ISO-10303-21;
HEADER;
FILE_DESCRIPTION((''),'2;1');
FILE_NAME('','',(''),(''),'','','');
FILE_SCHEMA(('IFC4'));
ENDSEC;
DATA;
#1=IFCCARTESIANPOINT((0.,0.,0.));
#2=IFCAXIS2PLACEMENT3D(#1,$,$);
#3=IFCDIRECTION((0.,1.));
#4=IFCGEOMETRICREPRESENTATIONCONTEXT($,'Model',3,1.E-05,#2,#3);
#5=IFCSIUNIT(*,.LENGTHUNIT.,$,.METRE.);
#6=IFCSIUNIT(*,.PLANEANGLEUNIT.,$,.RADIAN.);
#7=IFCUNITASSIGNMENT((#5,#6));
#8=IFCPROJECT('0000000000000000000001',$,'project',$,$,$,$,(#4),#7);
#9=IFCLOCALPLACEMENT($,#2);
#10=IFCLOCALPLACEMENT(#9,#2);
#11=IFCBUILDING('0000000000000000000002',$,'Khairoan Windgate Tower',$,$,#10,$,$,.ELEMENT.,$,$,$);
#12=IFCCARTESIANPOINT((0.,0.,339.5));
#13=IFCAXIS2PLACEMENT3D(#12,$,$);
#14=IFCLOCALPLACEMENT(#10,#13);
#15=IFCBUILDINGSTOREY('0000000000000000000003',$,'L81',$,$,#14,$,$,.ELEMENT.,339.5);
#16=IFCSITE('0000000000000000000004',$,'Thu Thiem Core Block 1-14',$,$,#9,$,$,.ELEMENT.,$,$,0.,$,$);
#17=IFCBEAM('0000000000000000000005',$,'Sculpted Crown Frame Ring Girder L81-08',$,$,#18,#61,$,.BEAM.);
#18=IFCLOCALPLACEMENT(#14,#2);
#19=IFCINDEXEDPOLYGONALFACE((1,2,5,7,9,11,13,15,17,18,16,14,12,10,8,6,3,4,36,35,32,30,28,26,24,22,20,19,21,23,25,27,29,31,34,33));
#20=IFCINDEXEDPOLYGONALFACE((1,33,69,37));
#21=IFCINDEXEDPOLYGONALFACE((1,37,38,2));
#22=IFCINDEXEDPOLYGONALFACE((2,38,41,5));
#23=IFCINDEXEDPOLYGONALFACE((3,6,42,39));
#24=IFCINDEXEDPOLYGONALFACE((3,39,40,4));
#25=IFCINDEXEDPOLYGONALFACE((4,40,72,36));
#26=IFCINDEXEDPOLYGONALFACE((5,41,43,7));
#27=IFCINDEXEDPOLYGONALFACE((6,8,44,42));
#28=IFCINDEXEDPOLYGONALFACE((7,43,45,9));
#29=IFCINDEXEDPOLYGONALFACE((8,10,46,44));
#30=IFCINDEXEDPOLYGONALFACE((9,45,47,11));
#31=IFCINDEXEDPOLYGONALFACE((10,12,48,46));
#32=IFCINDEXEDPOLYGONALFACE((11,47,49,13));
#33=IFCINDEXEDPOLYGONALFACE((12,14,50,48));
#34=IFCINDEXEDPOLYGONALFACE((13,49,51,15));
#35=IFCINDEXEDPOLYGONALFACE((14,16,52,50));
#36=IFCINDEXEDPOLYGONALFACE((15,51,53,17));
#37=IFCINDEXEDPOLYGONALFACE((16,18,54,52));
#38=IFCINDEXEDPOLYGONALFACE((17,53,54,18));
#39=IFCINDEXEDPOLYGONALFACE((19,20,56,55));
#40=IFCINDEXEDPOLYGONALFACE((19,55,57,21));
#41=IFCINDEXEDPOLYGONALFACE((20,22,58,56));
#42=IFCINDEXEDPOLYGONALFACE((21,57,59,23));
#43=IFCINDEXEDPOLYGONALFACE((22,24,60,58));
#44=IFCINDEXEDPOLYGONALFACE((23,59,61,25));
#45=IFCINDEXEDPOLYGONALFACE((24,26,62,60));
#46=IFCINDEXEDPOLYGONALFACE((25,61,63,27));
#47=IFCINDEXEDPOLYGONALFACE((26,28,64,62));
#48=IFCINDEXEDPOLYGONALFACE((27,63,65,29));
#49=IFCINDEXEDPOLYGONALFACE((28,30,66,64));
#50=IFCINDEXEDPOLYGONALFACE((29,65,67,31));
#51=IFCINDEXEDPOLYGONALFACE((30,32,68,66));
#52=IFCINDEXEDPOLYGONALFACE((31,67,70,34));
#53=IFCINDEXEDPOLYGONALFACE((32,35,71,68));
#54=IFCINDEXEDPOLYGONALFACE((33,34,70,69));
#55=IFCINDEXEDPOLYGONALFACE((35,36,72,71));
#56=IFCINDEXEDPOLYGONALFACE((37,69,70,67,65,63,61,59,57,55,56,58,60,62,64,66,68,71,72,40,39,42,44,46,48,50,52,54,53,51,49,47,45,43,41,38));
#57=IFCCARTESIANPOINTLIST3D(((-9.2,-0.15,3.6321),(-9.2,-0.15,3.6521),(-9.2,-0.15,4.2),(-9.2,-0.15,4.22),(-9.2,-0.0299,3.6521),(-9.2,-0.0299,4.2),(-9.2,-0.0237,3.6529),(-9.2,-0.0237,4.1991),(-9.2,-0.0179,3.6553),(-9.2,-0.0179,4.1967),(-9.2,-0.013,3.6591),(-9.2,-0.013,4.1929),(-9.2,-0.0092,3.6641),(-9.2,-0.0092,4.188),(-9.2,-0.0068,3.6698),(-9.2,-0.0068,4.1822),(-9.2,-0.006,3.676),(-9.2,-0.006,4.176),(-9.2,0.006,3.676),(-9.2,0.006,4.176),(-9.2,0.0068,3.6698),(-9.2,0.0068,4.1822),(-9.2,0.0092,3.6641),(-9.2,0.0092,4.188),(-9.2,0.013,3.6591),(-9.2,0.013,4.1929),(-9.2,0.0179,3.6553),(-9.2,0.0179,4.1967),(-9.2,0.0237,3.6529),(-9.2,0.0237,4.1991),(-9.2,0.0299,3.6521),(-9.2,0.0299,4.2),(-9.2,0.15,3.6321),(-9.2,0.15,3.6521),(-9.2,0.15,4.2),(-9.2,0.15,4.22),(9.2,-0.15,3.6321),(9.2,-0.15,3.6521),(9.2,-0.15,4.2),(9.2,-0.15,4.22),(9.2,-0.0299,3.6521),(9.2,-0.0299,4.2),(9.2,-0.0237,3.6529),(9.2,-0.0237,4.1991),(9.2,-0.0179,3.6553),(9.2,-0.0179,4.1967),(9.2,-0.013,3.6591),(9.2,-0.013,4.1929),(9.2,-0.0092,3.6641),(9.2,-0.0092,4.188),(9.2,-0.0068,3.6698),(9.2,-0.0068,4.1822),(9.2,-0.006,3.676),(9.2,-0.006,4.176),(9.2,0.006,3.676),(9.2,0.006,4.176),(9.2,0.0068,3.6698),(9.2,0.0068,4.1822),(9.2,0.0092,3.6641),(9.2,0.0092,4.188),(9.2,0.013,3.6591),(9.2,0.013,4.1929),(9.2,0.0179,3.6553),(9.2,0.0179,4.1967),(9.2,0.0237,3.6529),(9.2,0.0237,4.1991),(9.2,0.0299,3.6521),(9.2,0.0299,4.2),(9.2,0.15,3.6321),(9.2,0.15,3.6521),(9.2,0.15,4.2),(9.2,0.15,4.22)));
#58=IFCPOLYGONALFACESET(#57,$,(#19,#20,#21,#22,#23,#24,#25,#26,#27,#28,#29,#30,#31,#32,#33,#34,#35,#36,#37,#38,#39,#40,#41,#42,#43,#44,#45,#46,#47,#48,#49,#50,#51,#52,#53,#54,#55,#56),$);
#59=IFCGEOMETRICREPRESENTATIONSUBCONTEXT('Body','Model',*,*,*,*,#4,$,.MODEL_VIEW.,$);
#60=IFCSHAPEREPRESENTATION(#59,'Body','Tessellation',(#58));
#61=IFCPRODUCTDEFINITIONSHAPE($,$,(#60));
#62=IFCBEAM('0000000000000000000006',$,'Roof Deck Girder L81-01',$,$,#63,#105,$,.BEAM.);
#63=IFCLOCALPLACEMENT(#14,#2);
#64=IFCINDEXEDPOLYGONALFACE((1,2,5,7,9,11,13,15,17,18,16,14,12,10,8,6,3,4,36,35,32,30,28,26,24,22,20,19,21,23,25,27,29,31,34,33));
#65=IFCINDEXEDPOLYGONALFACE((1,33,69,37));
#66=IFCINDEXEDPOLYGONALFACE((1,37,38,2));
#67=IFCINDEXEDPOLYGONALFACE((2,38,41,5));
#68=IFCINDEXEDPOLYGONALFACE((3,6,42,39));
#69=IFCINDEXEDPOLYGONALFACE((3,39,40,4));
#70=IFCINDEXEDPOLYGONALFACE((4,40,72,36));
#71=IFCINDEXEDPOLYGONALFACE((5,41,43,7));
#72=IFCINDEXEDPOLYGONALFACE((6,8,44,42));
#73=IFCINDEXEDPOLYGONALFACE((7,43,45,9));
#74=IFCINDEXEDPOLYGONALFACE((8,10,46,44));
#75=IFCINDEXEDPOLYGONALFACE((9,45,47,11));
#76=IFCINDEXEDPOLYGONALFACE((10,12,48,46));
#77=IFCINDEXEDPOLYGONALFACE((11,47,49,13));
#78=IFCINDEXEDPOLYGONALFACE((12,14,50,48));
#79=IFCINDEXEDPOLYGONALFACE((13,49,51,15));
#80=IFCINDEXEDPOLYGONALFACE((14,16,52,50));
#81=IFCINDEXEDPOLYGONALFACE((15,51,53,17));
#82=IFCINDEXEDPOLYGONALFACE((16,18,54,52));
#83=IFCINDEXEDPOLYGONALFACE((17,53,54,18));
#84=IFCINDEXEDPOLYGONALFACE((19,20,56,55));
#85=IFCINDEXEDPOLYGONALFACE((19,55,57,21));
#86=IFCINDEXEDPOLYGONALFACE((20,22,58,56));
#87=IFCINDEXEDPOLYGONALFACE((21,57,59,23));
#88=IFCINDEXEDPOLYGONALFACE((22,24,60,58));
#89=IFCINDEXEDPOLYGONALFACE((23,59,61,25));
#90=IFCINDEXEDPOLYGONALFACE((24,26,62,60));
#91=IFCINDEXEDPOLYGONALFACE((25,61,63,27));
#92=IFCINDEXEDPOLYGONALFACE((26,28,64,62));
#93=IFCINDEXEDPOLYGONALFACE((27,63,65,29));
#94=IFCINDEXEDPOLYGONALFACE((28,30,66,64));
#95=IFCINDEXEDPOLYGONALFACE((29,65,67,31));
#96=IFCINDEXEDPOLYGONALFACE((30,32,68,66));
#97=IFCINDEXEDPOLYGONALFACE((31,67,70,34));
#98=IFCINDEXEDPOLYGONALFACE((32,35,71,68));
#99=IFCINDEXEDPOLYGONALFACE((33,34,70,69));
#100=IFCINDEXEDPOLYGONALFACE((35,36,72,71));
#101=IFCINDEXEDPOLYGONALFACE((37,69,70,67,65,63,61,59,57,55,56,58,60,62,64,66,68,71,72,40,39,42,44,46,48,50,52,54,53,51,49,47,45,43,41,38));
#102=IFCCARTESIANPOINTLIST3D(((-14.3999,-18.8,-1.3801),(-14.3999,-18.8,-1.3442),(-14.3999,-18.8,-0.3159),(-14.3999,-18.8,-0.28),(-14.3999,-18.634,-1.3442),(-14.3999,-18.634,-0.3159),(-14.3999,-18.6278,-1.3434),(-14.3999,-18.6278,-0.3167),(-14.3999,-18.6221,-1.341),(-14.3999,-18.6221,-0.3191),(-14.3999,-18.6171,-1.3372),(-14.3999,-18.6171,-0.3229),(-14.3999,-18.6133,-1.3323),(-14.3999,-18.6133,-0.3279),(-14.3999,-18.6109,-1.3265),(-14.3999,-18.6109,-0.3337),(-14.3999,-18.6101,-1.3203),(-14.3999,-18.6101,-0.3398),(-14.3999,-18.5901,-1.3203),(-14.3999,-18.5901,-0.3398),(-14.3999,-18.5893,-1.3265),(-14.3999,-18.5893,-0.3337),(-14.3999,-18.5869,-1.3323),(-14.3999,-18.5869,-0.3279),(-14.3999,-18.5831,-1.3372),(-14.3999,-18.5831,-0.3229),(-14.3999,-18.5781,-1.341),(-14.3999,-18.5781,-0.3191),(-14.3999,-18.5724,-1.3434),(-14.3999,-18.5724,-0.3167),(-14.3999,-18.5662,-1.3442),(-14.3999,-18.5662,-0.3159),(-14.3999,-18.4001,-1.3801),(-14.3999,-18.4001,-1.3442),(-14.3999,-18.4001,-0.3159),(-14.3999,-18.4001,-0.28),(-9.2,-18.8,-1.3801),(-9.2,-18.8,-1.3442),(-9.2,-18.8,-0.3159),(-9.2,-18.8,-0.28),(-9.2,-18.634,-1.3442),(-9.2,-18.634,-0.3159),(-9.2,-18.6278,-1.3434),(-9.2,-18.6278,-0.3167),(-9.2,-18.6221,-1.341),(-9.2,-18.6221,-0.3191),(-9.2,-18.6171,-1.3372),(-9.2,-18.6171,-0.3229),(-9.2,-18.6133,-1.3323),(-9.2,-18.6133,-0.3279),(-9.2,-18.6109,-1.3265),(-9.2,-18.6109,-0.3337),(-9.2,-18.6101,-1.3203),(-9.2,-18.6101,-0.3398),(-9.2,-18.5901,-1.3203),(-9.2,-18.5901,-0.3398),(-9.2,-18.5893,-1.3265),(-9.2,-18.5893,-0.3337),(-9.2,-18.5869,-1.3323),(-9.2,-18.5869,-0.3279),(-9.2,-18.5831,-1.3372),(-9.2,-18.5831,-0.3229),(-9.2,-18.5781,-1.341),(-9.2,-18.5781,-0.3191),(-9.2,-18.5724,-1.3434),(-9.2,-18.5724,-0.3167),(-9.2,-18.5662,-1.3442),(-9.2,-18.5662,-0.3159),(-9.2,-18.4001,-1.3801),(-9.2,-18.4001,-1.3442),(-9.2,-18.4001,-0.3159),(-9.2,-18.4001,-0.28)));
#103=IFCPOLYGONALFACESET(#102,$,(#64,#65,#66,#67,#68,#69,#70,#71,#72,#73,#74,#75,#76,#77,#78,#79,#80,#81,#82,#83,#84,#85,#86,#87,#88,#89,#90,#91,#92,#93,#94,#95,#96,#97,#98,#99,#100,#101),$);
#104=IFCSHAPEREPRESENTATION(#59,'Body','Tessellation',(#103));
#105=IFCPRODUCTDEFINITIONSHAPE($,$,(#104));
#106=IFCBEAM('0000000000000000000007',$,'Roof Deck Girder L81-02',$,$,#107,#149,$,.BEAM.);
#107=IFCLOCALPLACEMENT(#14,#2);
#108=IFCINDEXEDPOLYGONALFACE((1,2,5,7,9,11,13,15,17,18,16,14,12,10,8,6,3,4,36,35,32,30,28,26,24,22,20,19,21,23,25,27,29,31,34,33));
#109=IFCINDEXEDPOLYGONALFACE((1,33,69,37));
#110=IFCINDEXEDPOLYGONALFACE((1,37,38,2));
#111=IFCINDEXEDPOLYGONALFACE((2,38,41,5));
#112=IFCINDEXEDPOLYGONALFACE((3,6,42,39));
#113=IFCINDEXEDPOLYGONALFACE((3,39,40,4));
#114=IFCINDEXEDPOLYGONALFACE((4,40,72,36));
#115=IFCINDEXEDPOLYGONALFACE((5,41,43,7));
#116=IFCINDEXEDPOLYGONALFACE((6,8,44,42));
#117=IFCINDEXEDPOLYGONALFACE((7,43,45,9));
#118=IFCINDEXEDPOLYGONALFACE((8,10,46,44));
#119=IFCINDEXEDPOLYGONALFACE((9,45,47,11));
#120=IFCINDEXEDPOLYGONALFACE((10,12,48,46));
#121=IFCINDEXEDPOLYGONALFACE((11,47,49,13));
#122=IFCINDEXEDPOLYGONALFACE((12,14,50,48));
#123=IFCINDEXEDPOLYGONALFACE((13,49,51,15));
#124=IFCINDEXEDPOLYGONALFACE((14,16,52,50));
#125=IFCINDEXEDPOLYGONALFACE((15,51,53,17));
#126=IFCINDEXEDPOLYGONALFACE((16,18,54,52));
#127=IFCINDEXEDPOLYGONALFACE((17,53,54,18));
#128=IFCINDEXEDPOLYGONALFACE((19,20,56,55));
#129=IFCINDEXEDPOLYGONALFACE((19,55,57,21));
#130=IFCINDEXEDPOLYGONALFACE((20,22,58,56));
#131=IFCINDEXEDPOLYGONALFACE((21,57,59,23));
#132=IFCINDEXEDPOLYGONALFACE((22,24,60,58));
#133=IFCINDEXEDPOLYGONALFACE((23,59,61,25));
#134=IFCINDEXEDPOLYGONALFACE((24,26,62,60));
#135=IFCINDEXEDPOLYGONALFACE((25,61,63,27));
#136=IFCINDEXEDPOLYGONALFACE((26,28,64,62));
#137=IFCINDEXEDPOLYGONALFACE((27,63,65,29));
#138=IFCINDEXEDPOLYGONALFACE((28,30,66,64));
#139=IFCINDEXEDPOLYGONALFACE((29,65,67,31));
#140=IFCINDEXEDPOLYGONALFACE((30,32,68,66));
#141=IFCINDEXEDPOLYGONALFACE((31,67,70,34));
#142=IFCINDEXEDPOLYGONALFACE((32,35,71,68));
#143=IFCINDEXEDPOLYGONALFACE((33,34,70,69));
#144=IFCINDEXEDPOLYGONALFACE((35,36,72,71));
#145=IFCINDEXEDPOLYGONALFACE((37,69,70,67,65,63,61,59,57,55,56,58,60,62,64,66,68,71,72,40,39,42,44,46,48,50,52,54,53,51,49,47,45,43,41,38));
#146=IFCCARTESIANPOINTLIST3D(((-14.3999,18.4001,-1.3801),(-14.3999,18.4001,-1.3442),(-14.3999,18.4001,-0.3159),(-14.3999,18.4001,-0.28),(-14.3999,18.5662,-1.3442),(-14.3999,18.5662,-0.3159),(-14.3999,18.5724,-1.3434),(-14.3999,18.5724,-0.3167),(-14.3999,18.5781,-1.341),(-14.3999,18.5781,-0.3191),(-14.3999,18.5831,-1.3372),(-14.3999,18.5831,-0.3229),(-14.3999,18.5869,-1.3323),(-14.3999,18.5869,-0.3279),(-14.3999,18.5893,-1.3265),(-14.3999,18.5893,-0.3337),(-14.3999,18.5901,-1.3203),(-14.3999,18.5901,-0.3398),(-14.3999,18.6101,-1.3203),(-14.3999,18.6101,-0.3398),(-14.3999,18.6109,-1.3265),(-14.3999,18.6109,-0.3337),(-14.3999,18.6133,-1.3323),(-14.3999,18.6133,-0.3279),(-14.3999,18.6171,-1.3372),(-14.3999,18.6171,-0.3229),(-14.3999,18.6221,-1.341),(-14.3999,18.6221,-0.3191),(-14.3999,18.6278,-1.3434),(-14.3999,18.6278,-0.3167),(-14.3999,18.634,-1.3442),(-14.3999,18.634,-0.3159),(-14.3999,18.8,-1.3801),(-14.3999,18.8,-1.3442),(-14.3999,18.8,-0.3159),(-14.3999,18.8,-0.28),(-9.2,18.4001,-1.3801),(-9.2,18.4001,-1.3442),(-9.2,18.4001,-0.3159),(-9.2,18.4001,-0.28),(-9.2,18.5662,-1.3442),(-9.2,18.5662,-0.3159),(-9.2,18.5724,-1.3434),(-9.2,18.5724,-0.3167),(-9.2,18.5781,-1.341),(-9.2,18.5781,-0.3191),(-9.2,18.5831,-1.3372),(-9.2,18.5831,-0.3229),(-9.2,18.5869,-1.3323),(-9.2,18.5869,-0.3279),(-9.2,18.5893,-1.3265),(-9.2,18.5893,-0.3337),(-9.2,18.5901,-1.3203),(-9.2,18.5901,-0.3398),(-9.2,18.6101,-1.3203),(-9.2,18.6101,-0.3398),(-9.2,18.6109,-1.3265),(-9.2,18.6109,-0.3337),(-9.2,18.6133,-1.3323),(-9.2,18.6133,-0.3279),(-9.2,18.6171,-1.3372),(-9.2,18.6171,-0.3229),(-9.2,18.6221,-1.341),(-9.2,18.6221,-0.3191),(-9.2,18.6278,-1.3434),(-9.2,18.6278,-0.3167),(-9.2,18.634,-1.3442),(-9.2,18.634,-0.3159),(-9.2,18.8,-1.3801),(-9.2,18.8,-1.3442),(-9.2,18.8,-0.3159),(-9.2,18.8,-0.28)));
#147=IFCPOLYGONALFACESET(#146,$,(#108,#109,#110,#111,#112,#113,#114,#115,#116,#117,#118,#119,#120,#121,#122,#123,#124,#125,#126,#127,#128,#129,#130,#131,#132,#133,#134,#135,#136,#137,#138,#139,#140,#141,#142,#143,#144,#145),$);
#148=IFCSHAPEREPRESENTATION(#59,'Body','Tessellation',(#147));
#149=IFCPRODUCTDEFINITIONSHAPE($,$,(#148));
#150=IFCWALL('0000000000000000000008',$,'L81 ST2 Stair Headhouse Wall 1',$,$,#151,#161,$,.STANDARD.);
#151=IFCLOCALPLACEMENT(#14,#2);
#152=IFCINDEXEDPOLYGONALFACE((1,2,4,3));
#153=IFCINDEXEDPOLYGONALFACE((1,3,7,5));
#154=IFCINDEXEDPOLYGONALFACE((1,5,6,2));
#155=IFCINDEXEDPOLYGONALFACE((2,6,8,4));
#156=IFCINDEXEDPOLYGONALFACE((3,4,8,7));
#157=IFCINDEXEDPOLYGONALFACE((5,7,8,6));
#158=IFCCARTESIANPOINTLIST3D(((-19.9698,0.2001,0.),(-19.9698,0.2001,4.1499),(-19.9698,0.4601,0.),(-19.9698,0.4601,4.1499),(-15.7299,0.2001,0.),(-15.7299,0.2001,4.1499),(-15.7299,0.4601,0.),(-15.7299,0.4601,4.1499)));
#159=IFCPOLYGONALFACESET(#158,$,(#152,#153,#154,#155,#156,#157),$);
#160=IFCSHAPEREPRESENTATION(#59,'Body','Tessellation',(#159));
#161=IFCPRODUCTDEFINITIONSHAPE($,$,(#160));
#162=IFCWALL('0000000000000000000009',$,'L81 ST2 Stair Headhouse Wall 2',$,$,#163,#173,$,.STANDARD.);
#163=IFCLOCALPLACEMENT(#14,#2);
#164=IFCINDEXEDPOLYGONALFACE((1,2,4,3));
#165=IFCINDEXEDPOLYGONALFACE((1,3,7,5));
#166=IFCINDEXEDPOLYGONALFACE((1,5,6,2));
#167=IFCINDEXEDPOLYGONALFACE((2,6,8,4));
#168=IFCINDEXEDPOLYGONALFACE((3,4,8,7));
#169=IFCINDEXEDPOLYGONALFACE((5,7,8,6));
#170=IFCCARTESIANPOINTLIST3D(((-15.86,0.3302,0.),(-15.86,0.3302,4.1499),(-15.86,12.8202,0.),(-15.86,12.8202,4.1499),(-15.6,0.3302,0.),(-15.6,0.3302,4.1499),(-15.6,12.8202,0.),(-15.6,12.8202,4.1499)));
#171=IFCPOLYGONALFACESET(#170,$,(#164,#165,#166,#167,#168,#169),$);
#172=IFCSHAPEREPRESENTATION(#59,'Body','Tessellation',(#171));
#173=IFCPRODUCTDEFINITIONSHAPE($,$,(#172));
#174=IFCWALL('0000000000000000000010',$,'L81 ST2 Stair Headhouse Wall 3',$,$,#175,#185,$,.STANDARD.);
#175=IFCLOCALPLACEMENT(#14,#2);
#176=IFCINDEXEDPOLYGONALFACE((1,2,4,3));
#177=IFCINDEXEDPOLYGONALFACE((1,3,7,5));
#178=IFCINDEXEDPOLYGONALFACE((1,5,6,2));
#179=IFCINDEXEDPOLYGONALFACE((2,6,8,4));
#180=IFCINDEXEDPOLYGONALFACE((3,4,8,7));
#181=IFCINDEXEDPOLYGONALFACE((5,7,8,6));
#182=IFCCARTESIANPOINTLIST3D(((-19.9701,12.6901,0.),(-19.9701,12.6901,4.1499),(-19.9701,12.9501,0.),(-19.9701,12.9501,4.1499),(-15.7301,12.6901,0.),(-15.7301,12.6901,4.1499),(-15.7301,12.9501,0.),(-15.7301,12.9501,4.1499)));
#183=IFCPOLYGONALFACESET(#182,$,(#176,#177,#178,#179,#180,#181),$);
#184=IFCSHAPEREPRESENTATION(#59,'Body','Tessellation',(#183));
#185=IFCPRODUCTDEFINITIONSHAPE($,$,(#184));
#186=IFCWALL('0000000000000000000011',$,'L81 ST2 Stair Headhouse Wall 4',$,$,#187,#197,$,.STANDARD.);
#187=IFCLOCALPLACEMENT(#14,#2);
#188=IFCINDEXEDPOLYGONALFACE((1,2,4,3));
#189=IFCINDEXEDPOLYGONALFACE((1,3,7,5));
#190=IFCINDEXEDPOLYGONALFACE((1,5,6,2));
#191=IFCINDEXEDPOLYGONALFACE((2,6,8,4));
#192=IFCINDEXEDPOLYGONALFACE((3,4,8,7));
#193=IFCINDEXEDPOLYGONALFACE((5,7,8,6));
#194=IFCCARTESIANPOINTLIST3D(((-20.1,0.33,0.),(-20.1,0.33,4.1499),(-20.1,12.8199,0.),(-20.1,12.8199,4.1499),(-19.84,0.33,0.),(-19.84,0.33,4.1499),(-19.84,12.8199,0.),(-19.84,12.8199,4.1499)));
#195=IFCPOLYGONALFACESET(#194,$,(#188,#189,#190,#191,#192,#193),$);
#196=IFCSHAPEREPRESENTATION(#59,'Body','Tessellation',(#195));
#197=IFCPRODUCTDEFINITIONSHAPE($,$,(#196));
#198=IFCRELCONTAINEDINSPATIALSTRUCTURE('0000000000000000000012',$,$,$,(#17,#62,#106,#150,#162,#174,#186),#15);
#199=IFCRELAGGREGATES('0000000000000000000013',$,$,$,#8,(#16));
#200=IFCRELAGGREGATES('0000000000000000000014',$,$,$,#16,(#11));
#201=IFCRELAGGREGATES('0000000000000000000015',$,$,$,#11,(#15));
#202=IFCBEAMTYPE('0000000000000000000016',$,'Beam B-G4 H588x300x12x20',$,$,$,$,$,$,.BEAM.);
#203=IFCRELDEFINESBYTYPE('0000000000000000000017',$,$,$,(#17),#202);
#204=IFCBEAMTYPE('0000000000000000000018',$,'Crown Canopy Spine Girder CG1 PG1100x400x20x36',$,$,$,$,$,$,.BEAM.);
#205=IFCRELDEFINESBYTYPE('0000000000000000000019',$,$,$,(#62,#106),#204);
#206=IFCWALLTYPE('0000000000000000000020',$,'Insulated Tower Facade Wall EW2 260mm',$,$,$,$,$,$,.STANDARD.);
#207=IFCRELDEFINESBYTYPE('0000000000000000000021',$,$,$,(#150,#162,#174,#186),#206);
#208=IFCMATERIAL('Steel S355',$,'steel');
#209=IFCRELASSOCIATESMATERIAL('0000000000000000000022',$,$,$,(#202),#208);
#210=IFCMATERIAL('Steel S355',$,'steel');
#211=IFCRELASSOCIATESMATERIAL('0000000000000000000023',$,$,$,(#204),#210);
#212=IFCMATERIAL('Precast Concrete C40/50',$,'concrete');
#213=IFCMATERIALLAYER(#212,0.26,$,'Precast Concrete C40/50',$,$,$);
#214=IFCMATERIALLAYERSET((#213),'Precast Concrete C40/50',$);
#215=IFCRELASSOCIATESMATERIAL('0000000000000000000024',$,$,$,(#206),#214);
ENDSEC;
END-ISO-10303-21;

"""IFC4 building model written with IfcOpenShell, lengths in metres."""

from ifc_helpers import new_model, si_unit, direction, frame, frame_2d, origin, origin_2d, place, context, subcontext, project, spatial, rectangle, i_section, extrude, material, layer, layer_set, material_profile, profile_set, type_object, element, save


model = new_model("IFC4")

# Units and contexts
model_context = context("Model", 3, precision=1e-05, world=origin(), true_north=direction((0.0, 1.0)))
body_context = subcontext(model_context, "Body", "Model", "MODEL_VIEW")
ifc_project = project(units=[si_unit("LENGTHUNIT", "METRE"), si_unit("PLANEANGLEUNIT", "RADIAN")], contexts=[model_context])

# Site, building, storey
site_placement = place(None, origin())
site = spatial("IfcSite", under=ifc_project, at=site_placement, Name="Thu Thiem Core Block 1-14", CompositionType="ELEMENT", RefElevation=0.0)
building_placement = place(site_placement, origin())
building = spatial("IfcBuilding", under=site, at=building_placement, Name="Khairoan Windgate Tower", CompositionType="ELEMENT")
storey_placement = place(building_placement, frame((0.0, 0.0, 339.5)))
storey = spatial("IfcBuildingStorey", under=building, at=storey_placement, Name="L81", CompositionType="ELEMENT", Elevation=339.5)

# Beams
ifc_material_1 = material(Name="Steel S355", Category="steel")
ifc_material_profile_1 = material_profile(ifc_material_1, i_section(OverallWidth=0.3, OverallDepth=0.5879, WebThickness=0.012, FlangeThickness=0.02, FilletRadius=0.0239, at=origin_2d()))
ifc_profile_set_1 = profile_set([ifc_material_profile_1], Name="Steel S355")
beam_type_1 = type_object("IfcBeamType", Name="Beam B-G4 H588x300x12x20", PredefinedType="BEAM", material=ifc_profile_set_1)
for number, where, z_axis, x_axis, name in (
    (1, (-9.2, 0.0, 3.926), (1.0, 0.0, 0.0), (0.0, 1.0, 0.0), "Sculpted Crown Frame Ring Girder L81-08"),
):
    element("IfcBeam", number, at=place(storey_placement, frame(where, z_axis=z_axis, x_axis=x_axis)), inside=storey, type_object=beam_type_1, Name=name, PredefinedType="BEAM", context=body_context, shape_type="SweptSolid", body=[
        extrude(i_section(OverallWidth=0.3, OverallDepth=0.5879, WebThickness=0.012, FlangeThickness=0.02, FilletRadius=0.0239, at=origin_2d()), origin(), (0.0, 0.0, 1.0), 18.3999),
    ])
ifc_material_2 = material(Name="Steel S355", Category="steel")
ifc_material_profile_2 = material_profile(ifc_material_2, i_section(OverallWidth=0.3999, OverallDepth=1.1001, WebThickness=0.02, FlangeThickness=0.0359, FilletRadius=0.0239, at=origin_2d()))
ifc_profile_set_2 = profile_set([ifc_material_profile_2], Name="Steel S355")
beam_type_2 = type_object("IfcBeamType", Name="Crown Canopy Spine Girder CG1 PG1100x400x20x36", PredefinedType="BEAM", material=ifc_profile_set_2)
for number, where, z_axis, x_axis, name in (
    (2, (-14.3999, -18.6001, -0.8301), (1.0, 0.0, 0.0), (0.0, 1.0, 0.0), "Roof Deck Girder L81-01"),
    (3, (-14.3999, 18.6001, -0.8301), (1.0, 0.0, 0.0), (0.0, 1.0, 0.0), "Roof Deck Girder L81-02"),
):
    element("IfcBeam", number, at=place(storey_placement, frame(where, z_axis=z_axis, x_axis=x_axis)), inside=storey, type_object=beam_type_2, Name=name, PredefinedType="BEAM", context=body_context, shape_type="SweptSolid", body=[
        extrude(i_section(OverallWidth=0.3999, OverallDepth=1.1001, WebThickness=0.02, FlangeThickness=0.0359, FilletRadius=0.0239, at=origin_2d()), origin(), (0.0, 0.0, 1.0), 5.2),
    ])

# Walls
ifc_material_3 = material(Name="Precast Concrete C40/50", Category="concrete")
ifc_layer_1 = layer(ifc_material_3, 0.26, Name="Precast Concrete C40/50")
ifc_layer_set_1 = layer_set([ifc_layer_1], Name="Precast Concrete C40/50")
wall_type_1 = type_object("IfcWallType", Name="Insulated Tower Facade Wall EW2 260mm", PredefinedType="STANDARD", material=ifc_layer_set_1)
wall_1_placement = place(storey_placement, frame((-19.97, 0.3301, 0.0), z_axis=(0.0, 0.0, 1.0), x_axis=(1.0, 0.0, 0.0)))
element("IfcWall", 4, at=wall_1_placement, inside=storey, type_object=wall_type_1, Name="L81 ST2 Stair Headhouse Wall 1", PredefinedType="STANDARD", context=body_context, shape_type="SweptSolid", body=[
    extrude(rectangle(XDim=4.24, YDim=0.26, at=frame_2d((2.1201, 0.0))), origin(), (0.0, 0.0, 1.0), 4.1499),
])
wall_2_placement = place(storey_placement, frame((-15.73, 0.3301, 0.0), z_axis=(0.0, 0.0, 1.0), x_axis=(0.0, 1.0, 0.0)))
element("IfcWall", 5, at=wall_2_placement, inside=storey, type_object=wall_type_1, Name="L81 ST2 Stair Headhouse Wall 2", PredefinedType="STANDARD", context=body_context, shape_type="SweptSolid", body=[
    extrude(rectangle(XDim=12.49, YDim=0.26, at=frame_2d((6.2451, 0.0))), origin(), (0.0, 0.0, 1.0), 4.1499),
])
wall_3_placement = place(storey_placement, frame((-15.73, 12.8201, 0.0), z_axis=(0.0, 0.0, 1.0), x_axis=(-1.0, 0.0, 0.0)))
element("IfcWall", 6, at=wall_3_placement, inside=storey, type_object=wall_type_1, Name="L81 ST2 Stair Headhouse Wall 3", PredefinedType="STANDARD", context=body_context, shape_type="SweptSolid", body=[
    extrude(rectangle(XDim=4.24, YDim=0.26, at=frame_2d((2.1201, 0.0))), origin(), (0.0, 0.0, 1.0), 4.1499),
])
wall_4_placement = place(storey_placement, frame((-19.97, 12.8201, 0.0), z_axis=(0.0, 0.0, 1.0), x_axis=(0.0, -1.0, 0.0)))
element("IfcWall", 7, at=wall_4_placement, inside=storey, type_object=wall_type_1, Name="L81 ST2 Stair Headhouse Wall 4", PredefinedType="STANDARD", context=body_context, shape_type="SweptSolid", body=[
    extrude(rectangle(XDim=12.49, YDim=0.26, at=frame_2d((6.2451, 0.0))), origin(), (0.0, 0.0, 1.0), 4.1499),
])

save(model, "model.ifc")
